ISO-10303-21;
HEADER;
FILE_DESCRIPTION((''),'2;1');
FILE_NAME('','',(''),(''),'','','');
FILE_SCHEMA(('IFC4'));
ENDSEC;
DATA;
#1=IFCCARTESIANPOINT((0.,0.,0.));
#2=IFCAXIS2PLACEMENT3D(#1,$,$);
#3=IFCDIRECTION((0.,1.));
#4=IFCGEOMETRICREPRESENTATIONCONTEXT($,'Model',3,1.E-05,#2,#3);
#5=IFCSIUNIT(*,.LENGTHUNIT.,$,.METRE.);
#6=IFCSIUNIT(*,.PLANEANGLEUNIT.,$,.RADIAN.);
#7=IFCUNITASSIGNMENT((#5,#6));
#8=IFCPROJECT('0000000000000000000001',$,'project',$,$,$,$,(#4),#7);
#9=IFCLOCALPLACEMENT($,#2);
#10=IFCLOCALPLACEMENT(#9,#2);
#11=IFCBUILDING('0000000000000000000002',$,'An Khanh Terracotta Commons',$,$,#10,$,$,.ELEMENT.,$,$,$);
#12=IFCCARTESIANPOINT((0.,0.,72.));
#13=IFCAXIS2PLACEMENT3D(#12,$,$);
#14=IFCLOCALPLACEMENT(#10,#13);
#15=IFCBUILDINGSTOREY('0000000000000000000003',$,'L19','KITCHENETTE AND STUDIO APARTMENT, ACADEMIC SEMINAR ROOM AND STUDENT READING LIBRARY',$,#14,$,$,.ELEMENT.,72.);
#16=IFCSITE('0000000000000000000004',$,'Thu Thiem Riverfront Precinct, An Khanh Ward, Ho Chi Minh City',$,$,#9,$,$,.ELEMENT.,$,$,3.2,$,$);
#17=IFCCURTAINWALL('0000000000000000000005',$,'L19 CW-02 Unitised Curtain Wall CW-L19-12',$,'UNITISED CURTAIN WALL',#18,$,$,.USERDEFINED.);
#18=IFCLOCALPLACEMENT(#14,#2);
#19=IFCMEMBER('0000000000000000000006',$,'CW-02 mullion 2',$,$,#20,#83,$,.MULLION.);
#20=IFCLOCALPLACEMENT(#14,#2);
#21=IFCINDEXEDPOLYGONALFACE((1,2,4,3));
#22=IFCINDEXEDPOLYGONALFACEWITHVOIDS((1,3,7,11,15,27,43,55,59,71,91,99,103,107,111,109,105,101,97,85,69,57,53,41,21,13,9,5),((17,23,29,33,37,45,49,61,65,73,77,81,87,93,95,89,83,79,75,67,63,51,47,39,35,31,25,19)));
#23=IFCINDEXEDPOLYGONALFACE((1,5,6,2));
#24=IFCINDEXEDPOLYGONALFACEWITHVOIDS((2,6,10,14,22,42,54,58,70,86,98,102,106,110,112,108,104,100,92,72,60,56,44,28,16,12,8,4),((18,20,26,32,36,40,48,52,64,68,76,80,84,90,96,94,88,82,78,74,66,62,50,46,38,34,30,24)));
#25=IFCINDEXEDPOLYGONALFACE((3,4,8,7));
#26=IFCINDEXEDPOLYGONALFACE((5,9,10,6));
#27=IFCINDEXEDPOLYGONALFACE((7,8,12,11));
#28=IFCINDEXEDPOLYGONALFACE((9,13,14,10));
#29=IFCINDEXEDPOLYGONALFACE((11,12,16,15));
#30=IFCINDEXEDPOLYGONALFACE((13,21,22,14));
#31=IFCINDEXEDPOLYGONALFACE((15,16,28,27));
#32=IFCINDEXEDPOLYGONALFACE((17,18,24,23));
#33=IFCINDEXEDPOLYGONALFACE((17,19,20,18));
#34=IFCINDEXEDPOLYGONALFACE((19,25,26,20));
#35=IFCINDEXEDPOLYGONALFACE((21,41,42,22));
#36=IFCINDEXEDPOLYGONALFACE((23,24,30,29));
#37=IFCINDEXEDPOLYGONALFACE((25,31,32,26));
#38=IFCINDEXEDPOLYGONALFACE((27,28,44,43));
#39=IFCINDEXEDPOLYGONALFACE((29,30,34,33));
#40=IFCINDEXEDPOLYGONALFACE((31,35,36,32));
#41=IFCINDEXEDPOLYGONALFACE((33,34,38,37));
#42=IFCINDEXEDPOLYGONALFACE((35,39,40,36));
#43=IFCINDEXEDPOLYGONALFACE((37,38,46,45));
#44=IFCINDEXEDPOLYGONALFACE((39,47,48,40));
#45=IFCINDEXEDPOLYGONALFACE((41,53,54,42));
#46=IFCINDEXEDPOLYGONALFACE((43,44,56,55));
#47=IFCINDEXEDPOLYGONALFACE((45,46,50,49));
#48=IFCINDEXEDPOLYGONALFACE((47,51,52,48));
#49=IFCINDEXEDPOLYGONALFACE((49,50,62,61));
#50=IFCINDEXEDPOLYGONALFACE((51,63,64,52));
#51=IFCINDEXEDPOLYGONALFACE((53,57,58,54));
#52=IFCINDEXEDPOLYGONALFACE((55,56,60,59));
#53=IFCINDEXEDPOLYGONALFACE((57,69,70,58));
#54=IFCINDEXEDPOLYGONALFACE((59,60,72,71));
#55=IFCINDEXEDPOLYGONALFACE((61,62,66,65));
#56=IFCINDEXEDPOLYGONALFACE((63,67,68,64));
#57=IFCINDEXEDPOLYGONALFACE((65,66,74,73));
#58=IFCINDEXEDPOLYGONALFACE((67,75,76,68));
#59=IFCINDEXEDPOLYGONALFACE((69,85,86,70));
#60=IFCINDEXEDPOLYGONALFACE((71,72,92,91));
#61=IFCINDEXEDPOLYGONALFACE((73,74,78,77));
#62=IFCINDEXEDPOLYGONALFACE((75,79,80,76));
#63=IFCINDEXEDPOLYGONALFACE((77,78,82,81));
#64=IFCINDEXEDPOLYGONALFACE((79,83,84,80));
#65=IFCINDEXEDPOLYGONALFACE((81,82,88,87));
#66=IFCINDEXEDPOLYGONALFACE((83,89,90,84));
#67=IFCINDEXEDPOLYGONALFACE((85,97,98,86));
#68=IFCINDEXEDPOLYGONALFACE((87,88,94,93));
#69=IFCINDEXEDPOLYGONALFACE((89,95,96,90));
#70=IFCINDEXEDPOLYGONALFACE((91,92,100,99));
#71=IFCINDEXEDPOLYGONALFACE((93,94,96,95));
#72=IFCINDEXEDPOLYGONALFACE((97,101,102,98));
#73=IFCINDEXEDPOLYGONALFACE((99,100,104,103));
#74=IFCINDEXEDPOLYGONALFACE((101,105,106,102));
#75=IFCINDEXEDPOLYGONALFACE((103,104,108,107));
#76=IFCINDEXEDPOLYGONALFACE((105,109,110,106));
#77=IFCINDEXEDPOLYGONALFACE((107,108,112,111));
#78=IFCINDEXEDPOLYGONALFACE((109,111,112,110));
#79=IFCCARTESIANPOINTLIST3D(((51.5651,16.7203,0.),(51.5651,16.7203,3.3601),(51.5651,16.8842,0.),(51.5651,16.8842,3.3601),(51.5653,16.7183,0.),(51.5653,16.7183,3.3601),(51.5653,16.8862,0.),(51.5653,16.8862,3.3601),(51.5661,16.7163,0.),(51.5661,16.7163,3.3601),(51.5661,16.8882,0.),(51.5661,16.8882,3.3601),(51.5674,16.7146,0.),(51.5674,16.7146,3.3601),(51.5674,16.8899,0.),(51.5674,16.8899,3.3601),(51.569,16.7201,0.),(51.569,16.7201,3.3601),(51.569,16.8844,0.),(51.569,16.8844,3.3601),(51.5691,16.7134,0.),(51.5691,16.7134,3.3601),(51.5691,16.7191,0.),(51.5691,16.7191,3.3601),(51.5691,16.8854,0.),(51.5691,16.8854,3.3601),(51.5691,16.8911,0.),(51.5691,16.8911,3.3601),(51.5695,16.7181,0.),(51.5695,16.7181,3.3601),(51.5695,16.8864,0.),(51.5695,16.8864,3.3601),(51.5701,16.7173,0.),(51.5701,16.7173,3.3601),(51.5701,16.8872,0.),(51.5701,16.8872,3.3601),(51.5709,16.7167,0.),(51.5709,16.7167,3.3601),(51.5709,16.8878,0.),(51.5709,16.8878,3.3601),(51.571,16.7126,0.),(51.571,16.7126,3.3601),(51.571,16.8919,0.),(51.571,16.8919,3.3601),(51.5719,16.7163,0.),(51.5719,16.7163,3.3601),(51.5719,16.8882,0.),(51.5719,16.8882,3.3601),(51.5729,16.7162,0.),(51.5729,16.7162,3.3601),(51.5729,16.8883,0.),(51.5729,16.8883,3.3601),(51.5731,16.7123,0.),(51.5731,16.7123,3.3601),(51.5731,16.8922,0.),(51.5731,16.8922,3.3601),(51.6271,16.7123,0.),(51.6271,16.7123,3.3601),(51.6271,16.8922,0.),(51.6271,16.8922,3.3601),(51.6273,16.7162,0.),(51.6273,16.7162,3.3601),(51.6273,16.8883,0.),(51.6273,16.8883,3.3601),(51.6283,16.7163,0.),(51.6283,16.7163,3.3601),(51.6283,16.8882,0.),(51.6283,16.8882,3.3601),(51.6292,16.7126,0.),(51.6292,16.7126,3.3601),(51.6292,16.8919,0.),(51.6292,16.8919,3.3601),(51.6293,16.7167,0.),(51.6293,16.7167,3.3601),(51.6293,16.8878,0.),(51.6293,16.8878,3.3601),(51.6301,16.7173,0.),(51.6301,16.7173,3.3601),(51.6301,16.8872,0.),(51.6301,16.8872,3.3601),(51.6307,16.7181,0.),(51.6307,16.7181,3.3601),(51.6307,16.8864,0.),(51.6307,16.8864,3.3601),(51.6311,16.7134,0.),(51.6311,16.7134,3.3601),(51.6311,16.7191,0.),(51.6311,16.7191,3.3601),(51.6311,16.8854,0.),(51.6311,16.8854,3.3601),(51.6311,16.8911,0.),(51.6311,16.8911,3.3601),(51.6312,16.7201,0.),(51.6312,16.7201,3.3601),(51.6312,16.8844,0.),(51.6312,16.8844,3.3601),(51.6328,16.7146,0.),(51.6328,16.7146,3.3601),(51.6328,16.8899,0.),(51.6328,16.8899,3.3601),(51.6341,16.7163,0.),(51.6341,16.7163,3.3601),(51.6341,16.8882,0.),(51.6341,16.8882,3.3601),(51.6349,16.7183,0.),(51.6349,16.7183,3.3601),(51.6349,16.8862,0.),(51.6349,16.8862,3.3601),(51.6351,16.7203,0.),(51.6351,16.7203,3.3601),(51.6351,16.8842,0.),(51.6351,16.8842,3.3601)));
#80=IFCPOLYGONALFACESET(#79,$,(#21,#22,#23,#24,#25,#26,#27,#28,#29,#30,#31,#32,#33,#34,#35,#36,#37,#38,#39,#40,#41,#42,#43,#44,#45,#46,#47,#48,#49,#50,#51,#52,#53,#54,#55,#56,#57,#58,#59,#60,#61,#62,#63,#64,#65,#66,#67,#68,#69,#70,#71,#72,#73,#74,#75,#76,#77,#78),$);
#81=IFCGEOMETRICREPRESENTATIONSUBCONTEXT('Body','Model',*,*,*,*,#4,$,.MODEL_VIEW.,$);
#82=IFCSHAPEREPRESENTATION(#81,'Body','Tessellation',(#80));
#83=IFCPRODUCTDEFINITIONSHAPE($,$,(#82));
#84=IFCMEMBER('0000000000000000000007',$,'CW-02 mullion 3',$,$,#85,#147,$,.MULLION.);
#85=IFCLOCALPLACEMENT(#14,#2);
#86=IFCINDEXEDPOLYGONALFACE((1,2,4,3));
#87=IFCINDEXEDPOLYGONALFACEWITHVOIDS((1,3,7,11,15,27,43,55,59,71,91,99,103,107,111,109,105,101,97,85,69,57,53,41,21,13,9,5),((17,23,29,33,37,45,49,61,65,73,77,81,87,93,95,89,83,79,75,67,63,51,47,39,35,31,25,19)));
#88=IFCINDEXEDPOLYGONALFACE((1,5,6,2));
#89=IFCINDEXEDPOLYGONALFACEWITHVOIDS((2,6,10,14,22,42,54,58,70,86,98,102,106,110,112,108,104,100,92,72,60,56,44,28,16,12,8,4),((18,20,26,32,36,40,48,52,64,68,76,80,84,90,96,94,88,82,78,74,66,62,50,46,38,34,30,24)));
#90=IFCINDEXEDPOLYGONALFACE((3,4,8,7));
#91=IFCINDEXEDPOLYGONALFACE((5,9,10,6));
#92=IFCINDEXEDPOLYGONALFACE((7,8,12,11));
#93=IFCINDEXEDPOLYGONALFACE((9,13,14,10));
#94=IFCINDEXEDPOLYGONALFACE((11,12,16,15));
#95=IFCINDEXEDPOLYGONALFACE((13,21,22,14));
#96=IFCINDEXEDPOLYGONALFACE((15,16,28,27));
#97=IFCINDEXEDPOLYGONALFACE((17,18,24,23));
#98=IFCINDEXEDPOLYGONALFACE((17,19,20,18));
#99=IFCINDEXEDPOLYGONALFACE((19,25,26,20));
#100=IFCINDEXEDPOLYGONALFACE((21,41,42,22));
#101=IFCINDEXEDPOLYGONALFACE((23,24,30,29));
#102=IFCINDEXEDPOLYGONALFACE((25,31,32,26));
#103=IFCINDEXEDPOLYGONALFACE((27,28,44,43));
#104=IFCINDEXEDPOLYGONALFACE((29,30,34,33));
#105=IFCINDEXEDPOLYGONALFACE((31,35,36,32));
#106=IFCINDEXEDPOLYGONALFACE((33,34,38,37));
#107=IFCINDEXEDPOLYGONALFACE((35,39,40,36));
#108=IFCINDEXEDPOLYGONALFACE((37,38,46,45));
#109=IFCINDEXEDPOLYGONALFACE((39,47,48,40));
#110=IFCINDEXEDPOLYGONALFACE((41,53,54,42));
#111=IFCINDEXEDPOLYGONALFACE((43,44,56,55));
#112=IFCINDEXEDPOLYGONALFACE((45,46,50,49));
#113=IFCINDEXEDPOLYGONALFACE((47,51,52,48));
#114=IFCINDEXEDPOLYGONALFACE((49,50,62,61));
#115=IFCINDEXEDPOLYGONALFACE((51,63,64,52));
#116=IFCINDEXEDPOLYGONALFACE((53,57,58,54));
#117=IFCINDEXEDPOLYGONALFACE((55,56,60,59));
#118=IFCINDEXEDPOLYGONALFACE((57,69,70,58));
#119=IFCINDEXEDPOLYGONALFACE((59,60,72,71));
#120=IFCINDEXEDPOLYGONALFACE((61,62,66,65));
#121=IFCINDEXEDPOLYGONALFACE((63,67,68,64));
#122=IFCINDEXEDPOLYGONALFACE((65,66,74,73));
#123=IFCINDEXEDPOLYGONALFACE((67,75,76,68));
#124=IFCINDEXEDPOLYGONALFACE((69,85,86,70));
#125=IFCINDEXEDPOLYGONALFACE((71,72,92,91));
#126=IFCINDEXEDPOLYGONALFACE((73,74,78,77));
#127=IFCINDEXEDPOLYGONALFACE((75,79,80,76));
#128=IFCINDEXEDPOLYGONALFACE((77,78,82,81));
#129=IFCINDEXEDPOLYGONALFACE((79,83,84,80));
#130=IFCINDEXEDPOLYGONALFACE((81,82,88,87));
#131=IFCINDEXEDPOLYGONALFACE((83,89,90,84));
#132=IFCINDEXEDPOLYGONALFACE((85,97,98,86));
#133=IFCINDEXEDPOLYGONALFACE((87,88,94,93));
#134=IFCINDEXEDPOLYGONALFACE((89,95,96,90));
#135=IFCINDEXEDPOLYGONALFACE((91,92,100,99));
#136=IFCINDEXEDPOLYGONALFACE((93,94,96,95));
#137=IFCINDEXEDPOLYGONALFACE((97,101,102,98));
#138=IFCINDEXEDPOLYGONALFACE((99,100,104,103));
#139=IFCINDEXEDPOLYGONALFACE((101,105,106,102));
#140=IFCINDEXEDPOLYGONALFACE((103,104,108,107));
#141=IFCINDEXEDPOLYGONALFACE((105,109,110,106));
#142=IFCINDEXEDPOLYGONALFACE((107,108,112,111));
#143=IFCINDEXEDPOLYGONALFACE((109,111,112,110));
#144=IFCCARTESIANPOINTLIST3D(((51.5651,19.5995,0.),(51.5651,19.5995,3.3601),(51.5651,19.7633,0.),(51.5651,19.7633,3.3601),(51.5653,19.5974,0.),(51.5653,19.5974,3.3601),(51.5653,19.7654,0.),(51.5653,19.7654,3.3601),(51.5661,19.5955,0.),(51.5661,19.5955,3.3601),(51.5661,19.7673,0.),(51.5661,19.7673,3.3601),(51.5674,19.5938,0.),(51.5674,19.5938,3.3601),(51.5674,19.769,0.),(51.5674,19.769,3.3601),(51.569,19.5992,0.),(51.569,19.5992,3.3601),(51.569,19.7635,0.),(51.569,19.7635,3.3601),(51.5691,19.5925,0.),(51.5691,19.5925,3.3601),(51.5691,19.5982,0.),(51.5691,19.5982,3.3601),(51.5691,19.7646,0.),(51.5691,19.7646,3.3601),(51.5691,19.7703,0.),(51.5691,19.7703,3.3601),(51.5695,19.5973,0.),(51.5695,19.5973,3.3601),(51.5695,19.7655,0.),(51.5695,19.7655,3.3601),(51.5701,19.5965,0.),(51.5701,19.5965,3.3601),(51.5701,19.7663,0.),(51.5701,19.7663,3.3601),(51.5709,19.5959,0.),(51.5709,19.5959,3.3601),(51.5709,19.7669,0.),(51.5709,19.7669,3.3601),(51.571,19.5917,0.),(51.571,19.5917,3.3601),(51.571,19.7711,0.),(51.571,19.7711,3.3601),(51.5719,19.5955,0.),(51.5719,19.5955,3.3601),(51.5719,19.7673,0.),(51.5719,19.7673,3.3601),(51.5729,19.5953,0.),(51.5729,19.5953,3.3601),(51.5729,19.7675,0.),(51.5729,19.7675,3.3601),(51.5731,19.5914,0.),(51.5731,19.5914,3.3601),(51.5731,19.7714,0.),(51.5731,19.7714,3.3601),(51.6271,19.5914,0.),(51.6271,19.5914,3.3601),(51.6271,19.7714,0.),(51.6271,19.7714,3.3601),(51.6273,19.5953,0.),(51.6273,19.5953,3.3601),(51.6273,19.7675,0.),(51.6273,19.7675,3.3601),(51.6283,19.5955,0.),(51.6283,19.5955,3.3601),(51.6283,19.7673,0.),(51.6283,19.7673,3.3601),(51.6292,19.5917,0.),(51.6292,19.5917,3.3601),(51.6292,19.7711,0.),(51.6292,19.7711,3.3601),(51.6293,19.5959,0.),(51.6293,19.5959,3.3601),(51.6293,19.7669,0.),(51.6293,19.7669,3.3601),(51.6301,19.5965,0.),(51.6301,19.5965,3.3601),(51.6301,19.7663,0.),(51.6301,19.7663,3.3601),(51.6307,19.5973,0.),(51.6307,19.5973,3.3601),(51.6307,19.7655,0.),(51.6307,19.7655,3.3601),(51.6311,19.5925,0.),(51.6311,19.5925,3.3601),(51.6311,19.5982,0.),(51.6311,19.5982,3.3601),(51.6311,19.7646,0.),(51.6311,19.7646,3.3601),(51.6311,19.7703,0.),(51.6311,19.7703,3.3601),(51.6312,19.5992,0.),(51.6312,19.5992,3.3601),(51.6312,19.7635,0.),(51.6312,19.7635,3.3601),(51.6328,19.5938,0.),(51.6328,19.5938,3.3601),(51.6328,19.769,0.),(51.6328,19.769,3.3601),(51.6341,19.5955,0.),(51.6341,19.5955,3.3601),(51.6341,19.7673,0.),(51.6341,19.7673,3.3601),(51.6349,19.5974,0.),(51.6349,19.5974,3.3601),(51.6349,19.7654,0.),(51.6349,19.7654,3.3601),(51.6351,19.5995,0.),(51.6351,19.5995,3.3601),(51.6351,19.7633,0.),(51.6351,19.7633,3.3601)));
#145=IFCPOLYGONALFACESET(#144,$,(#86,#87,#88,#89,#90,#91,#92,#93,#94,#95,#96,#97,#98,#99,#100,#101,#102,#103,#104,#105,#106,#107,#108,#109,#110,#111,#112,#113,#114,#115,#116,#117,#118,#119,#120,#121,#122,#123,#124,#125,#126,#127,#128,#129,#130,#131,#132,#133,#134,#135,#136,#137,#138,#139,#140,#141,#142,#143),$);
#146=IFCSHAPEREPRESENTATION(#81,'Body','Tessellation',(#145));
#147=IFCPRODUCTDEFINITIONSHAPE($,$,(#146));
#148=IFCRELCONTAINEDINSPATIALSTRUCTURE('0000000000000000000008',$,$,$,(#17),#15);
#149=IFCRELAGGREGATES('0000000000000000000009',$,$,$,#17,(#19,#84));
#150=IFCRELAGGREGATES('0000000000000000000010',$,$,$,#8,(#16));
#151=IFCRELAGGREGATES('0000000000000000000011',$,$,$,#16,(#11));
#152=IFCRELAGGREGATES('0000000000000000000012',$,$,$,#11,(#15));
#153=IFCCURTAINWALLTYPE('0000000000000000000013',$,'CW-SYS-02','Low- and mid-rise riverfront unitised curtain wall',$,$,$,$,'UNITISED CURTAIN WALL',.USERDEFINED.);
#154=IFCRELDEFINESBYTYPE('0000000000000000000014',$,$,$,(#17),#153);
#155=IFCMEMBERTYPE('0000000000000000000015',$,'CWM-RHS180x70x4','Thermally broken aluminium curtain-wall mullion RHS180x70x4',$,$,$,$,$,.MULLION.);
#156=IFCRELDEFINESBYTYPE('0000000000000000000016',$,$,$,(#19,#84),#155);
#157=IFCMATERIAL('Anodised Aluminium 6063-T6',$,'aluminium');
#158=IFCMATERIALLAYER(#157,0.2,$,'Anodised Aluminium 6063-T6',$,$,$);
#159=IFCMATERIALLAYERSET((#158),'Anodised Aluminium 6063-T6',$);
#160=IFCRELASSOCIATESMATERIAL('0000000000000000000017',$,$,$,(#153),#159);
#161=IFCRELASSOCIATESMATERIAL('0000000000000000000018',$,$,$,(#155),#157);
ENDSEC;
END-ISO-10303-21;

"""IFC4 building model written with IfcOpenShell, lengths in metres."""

from ifc_helpers import new_model, si_unit, direction, frame, origin, origin_2d, place, context, subcontext, project, spatial, hollow_rectangle, extrude, material, layer, layer_set, material_profile, profile_set, type_object, element, aggregate, save


model = new_model("IFC4")

# Units and contexts
model_context = context("Model", 3, precision=1e-05, world=origin(), true_north=direction((0.0, 1.0)))
body_context = subcontext(model_context, "Body", "Model", "MODEL_VIEW")
ifc_project = project(units=[si_unit("LENGTHUNIT", "METRE"), si_unit("PLANEANGLEUNIT", "RADIAN")], contexts=[model_context])

# Site, building, storey
site_placement = place(None, origin())
site = spatial("IfcSite", under=ifc_project, at=site_placement, Name="Thu Thiem Riverfront Precinct, An Khanh Ward, Ho Chi Minh City", CompositionType="ELEMENT", RefElevation=3.2)
building_placement = place(site_placement, origin())
building = spatial("IfcBuilding", under=site, at=building_placement, Name="An Khanh Terracotta Commons", CompositionType="ELEMENT")
storey_placement = place(building_placement, frame((0.0, 0.0, 72.0)))
storey = spatial("IfcBuildingStorey", under=building, at=storey_placement, Name="L19", Description="KITCHENETTE AND STUDIO APARTMENT, ACADEMIC SEMINAR ROOM AND STUDENT READING LIBRARY", CompositionType="ELEMENT", Elevation=72.0)

# Curtain wall, members
ifc_material_1 = material(Name="Anodised Aluminium 6063-T6", Category="aluminium")
ifc_layer_1 = layer(ifc_material_1, 0.2, Name="Anodised Aluminium 6063-T6")
ifc_layer_set_1 = layer_set([ifc_layer_1], Name="Anodised Aluminium 6063-T6")
curtain_wall_type = type_object("IfcCurtainWallType", Name="CW-SYS-02", Description="Low- and mid-rise riverfront unitised curtain wall", ElementType="UNITISED CURTAIN WALL", PredefinedType="USERDEFINED", material=ifc_layer_set_1)
curtain_wall_placement = place(storey_placement, origin())
curtain_wall = element("IfcCurtainWall", 1, at=curtain_wall_placement, inside=storey, type_object=curtain_wall_type, Name="L19 CW-02 Unitised Curtain Wall CW-L19-12", ObjectType="UNITISED CURTAIN WALL", PredefinedType="USERDEFINED")
ifc_material_profile_1 = material_profile(ifc_material_1, hollow_rectangle(XDim=0.0701, YDim=0.1799, WallThickness=0.0039, InnerFilletRadius=0.0039, OuterFilletRadius=0.0081, at=origin_2d()), Name="RHS180x70x4")
ifc_profile_set_1 = profile_set([ifc_material_profile_1], Name="Anodised Aluminium 6063-T6")
member_type_1 = type_object("IfcMemberType", Name="CWM-RHS180x70x4", Description="Thermally broken aluminium curtain-wall mullion RHS180x70x4", PredefinedType="MULLION", material=ifc_profile_set_1)
member_1_placement = place(storey_placement, frame((51.6001, 16.8022, 0.0), z_axis=(0.0, 0.0, 1.0), x_axis=(-1.0, 0.0, 0.0)))
member_1 = element("IfcMember", 2, at=member_1_placement, type_object=member_type_1, Name="CW-02 mullion 2", PredefinedType="MULLION", context=body_context, shape_type="SweptSolid", body=[
    extrude(hollow_rectangle(XDim=0.0701, YDim=0.1799, WallThickness=0.0039, InnerFilletRadius=0.0039, OuterFilletRadius=0.0081, at=origin_2d()), origin(), (0.0, 0.0, 1.0), 3.3601),
])
member_2_placement = place(storey_placement, frame((51.6001, 19.6814, 0.0), z_axis=(0.0, 0.0, 1.0), x_axis=(-1.0, 0.0, 0.0)))
member_2 = element("IfcMember", 3, at=member_2_placement, type_object=member_type_1, Name="CW-02 mullion 3", PredefinedType="MULLION", context=body_context, shape_type="SweptSolid", body=[
    extrude(hollow_rectangle(XDim=0.0701, YDim=0.1799, WallThickness=0.0039, InnerFilletRadius=0.0039, OuterFilletRadius=0.0081, at=origin_2d()), origin(), (0.0, 0.0, 1.0), 3.3601),
])
aggregate(curtain_wall, [member_1, member_2])

save(model, "model.ifc")
